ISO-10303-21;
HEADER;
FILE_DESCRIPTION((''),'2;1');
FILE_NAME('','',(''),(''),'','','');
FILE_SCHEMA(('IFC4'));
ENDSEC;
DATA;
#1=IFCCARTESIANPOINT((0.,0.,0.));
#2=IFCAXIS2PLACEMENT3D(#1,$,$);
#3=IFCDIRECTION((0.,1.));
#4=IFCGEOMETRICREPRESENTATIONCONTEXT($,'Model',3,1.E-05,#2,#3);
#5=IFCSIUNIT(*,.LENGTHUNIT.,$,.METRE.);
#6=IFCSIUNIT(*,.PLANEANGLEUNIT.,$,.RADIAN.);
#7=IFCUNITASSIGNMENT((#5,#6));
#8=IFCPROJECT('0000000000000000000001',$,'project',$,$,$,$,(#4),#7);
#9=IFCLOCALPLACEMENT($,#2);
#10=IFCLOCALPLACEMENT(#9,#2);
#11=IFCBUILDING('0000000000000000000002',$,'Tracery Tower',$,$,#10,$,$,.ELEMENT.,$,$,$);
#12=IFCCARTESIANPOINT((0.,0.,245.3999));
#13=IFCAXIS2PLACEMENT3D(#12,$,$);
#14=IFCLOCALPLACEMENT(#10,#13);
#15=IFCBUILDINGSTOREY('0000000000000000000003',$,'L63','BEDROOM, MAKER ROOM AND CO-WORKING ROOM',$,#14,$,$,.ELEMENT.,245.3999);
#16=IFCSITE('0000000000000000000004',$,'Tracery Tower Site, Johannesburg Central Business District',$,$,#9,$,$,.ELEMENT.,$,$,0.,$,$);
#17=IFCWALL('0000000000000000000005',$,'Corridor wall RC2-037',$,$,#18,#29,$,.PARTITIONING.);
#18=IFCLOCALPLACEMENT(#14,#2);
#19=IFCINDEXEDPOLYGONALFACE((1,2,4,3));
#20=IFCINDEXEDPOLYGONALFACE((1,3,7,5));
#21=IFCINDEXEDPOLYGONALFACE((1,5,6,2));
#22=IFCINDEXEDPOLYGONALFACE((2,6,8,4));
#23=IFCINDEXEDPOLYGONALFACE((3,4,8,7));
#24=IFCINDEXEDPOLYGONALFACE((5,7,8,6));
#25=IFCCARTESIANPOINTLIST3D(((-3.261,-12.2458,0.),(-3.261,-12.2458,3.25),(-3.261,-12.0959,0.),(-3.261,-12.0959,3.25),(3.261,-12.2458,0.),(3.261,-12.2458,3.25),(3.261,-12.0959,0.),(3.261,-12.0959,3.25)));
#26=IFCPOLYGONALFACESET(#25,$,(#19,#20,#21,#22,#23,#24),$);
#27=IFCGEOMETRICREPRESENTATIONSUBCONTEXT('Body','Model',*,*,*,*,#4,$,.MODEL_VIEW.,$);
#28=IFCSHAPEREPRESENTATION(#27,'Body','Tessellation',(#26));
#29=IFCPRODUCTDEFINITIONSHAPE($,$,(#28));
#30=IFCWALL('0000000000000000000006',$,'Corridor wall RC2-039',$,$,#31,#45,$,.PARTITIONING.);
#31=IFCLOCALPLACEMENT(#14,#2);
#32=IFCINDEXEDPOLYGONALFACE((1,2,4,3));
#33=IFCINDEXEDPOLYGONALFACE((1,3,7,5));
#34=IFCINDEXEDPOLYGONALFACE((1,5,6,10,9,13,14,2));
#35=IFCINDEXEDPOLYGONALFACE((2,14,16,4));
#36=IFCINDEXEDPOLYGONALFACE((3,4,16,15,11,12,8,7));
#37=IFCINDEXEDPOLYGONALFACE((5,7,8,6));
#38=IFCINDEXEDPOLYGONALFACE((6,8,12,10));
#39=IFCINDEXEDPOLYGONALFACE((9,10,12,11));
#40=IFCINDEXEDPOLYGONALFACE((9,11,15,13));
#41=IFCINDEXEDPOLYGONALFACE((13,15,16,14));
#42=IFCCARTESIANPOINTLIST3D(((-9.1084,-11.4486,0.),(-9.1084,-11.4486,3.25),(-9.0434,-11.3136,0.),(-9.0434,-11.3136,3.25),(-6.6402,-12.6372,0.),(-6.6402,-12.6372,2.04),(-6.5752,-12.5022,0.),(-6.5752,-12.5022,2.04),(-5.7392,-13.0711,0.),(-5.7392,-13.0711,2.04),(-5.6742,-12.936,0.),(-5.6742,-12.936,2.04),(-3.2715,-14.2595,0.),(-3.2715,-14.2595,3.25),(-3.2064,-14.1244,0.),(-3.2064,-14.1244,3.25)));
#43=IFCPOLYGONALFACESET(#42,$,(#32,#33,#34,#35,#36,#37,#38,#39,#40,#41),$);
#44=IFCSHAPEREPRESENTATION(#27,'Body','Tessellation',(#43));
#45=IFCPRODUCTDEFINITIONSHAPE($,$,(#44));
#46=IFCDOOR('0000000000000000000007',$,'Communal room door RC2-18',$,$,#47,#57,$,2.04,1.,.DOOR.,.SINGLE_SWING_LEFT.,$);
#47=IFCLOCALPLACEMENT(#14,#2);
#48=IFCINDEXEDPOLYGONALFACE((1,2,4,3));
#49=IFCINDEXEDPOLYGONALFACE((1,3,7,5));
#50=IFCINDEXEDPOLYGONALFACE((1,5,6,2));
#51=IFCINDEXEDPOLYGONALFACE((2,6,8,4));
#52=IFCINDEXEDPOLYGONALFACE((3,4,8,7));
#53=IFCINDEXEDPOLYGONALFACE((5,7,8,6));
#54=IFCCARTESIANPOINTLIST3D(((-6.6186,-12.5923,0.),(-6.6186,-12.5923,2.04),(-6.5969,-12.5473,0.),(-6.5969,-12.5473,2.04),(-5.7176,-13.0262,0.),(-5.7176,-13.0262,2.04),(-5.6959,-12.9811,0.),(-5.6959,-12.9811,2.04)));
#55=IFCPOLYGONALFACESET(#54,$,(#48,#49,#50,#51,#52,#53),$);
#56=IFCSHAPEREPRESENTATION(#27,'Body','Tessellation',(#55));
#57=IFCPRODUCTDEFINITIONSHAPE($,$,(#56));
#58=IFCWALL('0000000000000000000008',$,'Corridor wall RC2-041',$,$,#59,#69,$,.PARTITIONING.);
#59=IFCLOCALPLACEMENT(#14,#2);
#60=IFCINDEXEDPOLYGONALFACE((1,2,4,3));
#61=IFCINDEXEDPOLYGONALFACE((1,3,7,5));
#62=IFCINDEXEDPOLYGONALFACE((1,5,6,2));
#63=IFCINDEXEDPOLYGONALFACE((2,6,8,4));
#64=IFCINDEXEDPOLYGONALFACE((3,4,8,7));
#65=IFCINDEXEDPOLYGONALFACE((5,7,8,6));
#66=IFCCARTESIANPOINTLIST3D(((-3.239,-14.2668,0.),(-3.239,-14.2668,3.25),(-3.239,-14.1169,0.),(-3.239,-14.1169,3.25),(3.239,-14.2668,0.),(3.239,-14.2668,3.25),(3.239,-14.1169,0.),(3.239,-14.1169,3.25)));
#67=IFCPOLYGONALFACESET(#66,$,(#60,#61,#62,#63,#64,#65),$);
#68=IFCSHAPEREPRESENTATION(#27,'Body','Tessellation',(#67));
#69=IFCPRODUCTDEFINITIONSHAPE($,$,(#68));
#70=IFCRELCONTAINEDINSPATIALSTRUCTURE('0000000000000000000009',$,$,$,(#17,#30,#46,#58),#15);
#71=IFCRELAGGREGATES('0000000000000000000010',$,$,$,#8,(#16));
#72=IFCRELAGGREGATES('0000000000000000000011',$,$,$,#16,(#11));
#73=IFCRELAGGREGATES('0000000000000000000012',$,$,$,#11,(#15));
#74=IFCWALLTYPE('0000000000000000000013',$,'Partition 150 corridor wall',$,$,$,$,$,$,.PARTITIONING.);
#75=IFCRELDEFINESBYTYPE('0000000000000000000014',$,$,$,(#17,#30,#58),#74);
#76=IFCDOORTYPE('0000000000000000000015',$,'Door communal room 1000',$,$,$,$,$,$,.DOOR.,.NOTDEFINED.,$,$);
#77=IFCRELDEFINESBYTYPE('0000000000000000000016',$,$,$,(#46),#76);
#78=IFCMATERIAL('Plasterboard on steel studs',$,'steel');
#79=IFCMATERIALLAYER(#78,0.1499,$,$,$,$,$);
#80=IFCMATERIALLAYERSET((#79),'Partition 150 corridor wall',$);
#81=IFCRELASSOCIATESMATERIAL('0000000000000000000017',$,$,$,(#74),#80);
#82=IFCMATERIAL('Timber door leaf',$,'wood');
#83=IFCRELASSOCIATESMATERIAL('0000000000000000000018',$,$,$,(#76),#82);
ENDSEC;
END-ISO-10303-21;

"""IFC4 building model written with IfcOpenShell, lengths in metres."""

from ifc_helpers import new_model, si_unit, direction, frame, frame_2d, origin, place, context, subcontext, project, spatial, rectangle, extrude, material, layer, layer_set, type_object, element, fill, save


model = new_model("IFC4")

# Units and contexts
model_context = context("Model", 3, precision=1e-05, world=origin(), true_north=direction((0.0, 1.0)))
body_context = subcontext(model_context, "Body", "Model", "MODEL_VIEW")
ifc_project = project(units=[si_unit("LENGTHUNIT", "METRE"), si_unit("PLANEANGLEUNIT", "RADIAN")], contexts=[model_context])

# Site, building, storey
site_placement = place(None, origin())
site = spatial("IfcSite", under=ifc_project, at=site_placement, Name="Tracery Tower Site, Johannesburg Central Business District", CompositionType="ELEMENT", RefElevation=0.0)
building_placement = place(site_placement, origin())
building = spatial("IfcBuilding", under=site, at=building_placement, Name="Tracery Tower", CompositionType="ELEMENT")
storey_placement = place(building_placement, frame((0.0, 0.0, 245.3999)))
storey = spatial("IfcBuildingStorey", under=building, at=storey_placement, Name="L63", Description="BEDROOM, MAKER ROOM AND CO-WORKING ROOM", CompositionType="ELEMENT", Elevation=245.3999)

# Shared definitions
ifc_material_1 = material(Name="Plasterboard on steel studs", Category="steel")
ifc_layer_1 = layer(ifc_material_1, 0.1499)
ifc_layer_set_1 = layer_set([ifc_layer_1], Name="Partition 150 corridor wall")
wall_type_1 = type_object("IfcWallType", Name="Partition 150 corridor wall", PredefinedType="PARTITIONING", material=ifc_layer_set_1)
ifc_material_2 = material(Name="Timber door leaf", Category="wood")
door_type = type_object("IfcDoorType", Name="Door communal room 1000", OperationType="NOTDEFINED", PredefinedType="DOOR", material=ifc_material_2)

# Wall
wall_1_placement = place(storey_placement, frame((-3.261, -12.1709, 0.0), z_axis=(0.0, 0.0, 1.0), x_axis=(1.0, 0.0, 0.0)))
element("IfcWall", 1, at=wall_1_placement, inside=storey, type_object=wall_type_1, Name="Corridor wall RC2-037", PredefinedType="PARTITIONING", context=body_context, shape_type="SweptSolid", body=[
    extrude(rectangle(XDim=6.522, YDim=0.1499, at=frame_2d((3.261, 0.0))), origin(), (0.0, 0.0, 1.0), 3.25),
])

# Wall, opening, door
wall_2_placement = place(storey_placement, frame((-9.0759, -11.3811, 0.0), z_axis=(0.0, 0.0, 1.0), x_axis=(0.900976, -0.433869, 0.0)))
wall_2 = element("IfcWall", 2, at=wall_2_placement, inside=storey, type_object=wall_type_1, Name="Corridor wall RC2-039", PredefinedType="PARTITIONING", context=body_context, shape_type="SweptSolid", body=[
    extrude(rectangle(XDim=6.4785, YDim=0.1499, at=frame_2d((3.2393, 0.0))), origin(), (0.0, 0.0, 1.0), 3.25),
])
opening_1_placement = place(wall_2_placement, frame((2.7395, 0.0, 0.0)))
opening_1 = element("IfcOpeningElement", 3, at=opening_1_placement, cuts=wall_2, PredefinedType="OPENING", context=body_context, shape_type="SweptSolid", body=[
    extrude(rectangle(XDim=1.0, YDim=2.04, at=frame_2d((0.5, 1.02))), frame((0.0, 0.075, 0.0), z_axis=(0.0, -1.0, 0.0), x_axis=(1.0, 0.0, 0.0)), (0.0, 0.0, 1.0), 0.1499),
])
door_1_placement = place(opening_1_placement, origin())
door_1 = element("IfcDoor", 4, at=door_1_placement, inside=storey, type_object=door_type, Name="Communal room door RC2-18", OperationType="SINGLE_SWING_LEFT", OverallHeight=2.04, OverallWidth=1.0, PredefinedType="DOOR", context=body_context, shape_type="SweptSolid", body=[
    extrude(rectangle(XDim=1.0, YDim=2.04, at=frame_2d((0.5, 1.02))), frame((0.0, 0.0249, 0.0), z_axis=(0.0, -1.0, 0.0), x_axis=(1.0, 0.0, 0.0)), (0.0, 0.0, 1.0), 0.05),
])
fill(opening_1, door_1)

# Wall
wall_3_placement = place(storey_placement, frame((-3.239, -14.1919, 0.0), z_axis=(0.0, 0.0, 1.0), x_axis=(1.0, 0.0, 0.0)))
element("IfcWall", 5, at=wall_3_placement, inside=storey, type_object=wall_type_1, Name="Corridor wall RC2-041", PredefinedType="PARTITIONING", context=body_context, shape_type="SweptSolid", body=[
    extrude(rectangle(XDim=6.478, YDim=0.1499, at=frame_2d((3.239, 0.0))), origin(), (0.0, 0.0, 1.0), 3.25),
])

save(model, "model.ifc")
